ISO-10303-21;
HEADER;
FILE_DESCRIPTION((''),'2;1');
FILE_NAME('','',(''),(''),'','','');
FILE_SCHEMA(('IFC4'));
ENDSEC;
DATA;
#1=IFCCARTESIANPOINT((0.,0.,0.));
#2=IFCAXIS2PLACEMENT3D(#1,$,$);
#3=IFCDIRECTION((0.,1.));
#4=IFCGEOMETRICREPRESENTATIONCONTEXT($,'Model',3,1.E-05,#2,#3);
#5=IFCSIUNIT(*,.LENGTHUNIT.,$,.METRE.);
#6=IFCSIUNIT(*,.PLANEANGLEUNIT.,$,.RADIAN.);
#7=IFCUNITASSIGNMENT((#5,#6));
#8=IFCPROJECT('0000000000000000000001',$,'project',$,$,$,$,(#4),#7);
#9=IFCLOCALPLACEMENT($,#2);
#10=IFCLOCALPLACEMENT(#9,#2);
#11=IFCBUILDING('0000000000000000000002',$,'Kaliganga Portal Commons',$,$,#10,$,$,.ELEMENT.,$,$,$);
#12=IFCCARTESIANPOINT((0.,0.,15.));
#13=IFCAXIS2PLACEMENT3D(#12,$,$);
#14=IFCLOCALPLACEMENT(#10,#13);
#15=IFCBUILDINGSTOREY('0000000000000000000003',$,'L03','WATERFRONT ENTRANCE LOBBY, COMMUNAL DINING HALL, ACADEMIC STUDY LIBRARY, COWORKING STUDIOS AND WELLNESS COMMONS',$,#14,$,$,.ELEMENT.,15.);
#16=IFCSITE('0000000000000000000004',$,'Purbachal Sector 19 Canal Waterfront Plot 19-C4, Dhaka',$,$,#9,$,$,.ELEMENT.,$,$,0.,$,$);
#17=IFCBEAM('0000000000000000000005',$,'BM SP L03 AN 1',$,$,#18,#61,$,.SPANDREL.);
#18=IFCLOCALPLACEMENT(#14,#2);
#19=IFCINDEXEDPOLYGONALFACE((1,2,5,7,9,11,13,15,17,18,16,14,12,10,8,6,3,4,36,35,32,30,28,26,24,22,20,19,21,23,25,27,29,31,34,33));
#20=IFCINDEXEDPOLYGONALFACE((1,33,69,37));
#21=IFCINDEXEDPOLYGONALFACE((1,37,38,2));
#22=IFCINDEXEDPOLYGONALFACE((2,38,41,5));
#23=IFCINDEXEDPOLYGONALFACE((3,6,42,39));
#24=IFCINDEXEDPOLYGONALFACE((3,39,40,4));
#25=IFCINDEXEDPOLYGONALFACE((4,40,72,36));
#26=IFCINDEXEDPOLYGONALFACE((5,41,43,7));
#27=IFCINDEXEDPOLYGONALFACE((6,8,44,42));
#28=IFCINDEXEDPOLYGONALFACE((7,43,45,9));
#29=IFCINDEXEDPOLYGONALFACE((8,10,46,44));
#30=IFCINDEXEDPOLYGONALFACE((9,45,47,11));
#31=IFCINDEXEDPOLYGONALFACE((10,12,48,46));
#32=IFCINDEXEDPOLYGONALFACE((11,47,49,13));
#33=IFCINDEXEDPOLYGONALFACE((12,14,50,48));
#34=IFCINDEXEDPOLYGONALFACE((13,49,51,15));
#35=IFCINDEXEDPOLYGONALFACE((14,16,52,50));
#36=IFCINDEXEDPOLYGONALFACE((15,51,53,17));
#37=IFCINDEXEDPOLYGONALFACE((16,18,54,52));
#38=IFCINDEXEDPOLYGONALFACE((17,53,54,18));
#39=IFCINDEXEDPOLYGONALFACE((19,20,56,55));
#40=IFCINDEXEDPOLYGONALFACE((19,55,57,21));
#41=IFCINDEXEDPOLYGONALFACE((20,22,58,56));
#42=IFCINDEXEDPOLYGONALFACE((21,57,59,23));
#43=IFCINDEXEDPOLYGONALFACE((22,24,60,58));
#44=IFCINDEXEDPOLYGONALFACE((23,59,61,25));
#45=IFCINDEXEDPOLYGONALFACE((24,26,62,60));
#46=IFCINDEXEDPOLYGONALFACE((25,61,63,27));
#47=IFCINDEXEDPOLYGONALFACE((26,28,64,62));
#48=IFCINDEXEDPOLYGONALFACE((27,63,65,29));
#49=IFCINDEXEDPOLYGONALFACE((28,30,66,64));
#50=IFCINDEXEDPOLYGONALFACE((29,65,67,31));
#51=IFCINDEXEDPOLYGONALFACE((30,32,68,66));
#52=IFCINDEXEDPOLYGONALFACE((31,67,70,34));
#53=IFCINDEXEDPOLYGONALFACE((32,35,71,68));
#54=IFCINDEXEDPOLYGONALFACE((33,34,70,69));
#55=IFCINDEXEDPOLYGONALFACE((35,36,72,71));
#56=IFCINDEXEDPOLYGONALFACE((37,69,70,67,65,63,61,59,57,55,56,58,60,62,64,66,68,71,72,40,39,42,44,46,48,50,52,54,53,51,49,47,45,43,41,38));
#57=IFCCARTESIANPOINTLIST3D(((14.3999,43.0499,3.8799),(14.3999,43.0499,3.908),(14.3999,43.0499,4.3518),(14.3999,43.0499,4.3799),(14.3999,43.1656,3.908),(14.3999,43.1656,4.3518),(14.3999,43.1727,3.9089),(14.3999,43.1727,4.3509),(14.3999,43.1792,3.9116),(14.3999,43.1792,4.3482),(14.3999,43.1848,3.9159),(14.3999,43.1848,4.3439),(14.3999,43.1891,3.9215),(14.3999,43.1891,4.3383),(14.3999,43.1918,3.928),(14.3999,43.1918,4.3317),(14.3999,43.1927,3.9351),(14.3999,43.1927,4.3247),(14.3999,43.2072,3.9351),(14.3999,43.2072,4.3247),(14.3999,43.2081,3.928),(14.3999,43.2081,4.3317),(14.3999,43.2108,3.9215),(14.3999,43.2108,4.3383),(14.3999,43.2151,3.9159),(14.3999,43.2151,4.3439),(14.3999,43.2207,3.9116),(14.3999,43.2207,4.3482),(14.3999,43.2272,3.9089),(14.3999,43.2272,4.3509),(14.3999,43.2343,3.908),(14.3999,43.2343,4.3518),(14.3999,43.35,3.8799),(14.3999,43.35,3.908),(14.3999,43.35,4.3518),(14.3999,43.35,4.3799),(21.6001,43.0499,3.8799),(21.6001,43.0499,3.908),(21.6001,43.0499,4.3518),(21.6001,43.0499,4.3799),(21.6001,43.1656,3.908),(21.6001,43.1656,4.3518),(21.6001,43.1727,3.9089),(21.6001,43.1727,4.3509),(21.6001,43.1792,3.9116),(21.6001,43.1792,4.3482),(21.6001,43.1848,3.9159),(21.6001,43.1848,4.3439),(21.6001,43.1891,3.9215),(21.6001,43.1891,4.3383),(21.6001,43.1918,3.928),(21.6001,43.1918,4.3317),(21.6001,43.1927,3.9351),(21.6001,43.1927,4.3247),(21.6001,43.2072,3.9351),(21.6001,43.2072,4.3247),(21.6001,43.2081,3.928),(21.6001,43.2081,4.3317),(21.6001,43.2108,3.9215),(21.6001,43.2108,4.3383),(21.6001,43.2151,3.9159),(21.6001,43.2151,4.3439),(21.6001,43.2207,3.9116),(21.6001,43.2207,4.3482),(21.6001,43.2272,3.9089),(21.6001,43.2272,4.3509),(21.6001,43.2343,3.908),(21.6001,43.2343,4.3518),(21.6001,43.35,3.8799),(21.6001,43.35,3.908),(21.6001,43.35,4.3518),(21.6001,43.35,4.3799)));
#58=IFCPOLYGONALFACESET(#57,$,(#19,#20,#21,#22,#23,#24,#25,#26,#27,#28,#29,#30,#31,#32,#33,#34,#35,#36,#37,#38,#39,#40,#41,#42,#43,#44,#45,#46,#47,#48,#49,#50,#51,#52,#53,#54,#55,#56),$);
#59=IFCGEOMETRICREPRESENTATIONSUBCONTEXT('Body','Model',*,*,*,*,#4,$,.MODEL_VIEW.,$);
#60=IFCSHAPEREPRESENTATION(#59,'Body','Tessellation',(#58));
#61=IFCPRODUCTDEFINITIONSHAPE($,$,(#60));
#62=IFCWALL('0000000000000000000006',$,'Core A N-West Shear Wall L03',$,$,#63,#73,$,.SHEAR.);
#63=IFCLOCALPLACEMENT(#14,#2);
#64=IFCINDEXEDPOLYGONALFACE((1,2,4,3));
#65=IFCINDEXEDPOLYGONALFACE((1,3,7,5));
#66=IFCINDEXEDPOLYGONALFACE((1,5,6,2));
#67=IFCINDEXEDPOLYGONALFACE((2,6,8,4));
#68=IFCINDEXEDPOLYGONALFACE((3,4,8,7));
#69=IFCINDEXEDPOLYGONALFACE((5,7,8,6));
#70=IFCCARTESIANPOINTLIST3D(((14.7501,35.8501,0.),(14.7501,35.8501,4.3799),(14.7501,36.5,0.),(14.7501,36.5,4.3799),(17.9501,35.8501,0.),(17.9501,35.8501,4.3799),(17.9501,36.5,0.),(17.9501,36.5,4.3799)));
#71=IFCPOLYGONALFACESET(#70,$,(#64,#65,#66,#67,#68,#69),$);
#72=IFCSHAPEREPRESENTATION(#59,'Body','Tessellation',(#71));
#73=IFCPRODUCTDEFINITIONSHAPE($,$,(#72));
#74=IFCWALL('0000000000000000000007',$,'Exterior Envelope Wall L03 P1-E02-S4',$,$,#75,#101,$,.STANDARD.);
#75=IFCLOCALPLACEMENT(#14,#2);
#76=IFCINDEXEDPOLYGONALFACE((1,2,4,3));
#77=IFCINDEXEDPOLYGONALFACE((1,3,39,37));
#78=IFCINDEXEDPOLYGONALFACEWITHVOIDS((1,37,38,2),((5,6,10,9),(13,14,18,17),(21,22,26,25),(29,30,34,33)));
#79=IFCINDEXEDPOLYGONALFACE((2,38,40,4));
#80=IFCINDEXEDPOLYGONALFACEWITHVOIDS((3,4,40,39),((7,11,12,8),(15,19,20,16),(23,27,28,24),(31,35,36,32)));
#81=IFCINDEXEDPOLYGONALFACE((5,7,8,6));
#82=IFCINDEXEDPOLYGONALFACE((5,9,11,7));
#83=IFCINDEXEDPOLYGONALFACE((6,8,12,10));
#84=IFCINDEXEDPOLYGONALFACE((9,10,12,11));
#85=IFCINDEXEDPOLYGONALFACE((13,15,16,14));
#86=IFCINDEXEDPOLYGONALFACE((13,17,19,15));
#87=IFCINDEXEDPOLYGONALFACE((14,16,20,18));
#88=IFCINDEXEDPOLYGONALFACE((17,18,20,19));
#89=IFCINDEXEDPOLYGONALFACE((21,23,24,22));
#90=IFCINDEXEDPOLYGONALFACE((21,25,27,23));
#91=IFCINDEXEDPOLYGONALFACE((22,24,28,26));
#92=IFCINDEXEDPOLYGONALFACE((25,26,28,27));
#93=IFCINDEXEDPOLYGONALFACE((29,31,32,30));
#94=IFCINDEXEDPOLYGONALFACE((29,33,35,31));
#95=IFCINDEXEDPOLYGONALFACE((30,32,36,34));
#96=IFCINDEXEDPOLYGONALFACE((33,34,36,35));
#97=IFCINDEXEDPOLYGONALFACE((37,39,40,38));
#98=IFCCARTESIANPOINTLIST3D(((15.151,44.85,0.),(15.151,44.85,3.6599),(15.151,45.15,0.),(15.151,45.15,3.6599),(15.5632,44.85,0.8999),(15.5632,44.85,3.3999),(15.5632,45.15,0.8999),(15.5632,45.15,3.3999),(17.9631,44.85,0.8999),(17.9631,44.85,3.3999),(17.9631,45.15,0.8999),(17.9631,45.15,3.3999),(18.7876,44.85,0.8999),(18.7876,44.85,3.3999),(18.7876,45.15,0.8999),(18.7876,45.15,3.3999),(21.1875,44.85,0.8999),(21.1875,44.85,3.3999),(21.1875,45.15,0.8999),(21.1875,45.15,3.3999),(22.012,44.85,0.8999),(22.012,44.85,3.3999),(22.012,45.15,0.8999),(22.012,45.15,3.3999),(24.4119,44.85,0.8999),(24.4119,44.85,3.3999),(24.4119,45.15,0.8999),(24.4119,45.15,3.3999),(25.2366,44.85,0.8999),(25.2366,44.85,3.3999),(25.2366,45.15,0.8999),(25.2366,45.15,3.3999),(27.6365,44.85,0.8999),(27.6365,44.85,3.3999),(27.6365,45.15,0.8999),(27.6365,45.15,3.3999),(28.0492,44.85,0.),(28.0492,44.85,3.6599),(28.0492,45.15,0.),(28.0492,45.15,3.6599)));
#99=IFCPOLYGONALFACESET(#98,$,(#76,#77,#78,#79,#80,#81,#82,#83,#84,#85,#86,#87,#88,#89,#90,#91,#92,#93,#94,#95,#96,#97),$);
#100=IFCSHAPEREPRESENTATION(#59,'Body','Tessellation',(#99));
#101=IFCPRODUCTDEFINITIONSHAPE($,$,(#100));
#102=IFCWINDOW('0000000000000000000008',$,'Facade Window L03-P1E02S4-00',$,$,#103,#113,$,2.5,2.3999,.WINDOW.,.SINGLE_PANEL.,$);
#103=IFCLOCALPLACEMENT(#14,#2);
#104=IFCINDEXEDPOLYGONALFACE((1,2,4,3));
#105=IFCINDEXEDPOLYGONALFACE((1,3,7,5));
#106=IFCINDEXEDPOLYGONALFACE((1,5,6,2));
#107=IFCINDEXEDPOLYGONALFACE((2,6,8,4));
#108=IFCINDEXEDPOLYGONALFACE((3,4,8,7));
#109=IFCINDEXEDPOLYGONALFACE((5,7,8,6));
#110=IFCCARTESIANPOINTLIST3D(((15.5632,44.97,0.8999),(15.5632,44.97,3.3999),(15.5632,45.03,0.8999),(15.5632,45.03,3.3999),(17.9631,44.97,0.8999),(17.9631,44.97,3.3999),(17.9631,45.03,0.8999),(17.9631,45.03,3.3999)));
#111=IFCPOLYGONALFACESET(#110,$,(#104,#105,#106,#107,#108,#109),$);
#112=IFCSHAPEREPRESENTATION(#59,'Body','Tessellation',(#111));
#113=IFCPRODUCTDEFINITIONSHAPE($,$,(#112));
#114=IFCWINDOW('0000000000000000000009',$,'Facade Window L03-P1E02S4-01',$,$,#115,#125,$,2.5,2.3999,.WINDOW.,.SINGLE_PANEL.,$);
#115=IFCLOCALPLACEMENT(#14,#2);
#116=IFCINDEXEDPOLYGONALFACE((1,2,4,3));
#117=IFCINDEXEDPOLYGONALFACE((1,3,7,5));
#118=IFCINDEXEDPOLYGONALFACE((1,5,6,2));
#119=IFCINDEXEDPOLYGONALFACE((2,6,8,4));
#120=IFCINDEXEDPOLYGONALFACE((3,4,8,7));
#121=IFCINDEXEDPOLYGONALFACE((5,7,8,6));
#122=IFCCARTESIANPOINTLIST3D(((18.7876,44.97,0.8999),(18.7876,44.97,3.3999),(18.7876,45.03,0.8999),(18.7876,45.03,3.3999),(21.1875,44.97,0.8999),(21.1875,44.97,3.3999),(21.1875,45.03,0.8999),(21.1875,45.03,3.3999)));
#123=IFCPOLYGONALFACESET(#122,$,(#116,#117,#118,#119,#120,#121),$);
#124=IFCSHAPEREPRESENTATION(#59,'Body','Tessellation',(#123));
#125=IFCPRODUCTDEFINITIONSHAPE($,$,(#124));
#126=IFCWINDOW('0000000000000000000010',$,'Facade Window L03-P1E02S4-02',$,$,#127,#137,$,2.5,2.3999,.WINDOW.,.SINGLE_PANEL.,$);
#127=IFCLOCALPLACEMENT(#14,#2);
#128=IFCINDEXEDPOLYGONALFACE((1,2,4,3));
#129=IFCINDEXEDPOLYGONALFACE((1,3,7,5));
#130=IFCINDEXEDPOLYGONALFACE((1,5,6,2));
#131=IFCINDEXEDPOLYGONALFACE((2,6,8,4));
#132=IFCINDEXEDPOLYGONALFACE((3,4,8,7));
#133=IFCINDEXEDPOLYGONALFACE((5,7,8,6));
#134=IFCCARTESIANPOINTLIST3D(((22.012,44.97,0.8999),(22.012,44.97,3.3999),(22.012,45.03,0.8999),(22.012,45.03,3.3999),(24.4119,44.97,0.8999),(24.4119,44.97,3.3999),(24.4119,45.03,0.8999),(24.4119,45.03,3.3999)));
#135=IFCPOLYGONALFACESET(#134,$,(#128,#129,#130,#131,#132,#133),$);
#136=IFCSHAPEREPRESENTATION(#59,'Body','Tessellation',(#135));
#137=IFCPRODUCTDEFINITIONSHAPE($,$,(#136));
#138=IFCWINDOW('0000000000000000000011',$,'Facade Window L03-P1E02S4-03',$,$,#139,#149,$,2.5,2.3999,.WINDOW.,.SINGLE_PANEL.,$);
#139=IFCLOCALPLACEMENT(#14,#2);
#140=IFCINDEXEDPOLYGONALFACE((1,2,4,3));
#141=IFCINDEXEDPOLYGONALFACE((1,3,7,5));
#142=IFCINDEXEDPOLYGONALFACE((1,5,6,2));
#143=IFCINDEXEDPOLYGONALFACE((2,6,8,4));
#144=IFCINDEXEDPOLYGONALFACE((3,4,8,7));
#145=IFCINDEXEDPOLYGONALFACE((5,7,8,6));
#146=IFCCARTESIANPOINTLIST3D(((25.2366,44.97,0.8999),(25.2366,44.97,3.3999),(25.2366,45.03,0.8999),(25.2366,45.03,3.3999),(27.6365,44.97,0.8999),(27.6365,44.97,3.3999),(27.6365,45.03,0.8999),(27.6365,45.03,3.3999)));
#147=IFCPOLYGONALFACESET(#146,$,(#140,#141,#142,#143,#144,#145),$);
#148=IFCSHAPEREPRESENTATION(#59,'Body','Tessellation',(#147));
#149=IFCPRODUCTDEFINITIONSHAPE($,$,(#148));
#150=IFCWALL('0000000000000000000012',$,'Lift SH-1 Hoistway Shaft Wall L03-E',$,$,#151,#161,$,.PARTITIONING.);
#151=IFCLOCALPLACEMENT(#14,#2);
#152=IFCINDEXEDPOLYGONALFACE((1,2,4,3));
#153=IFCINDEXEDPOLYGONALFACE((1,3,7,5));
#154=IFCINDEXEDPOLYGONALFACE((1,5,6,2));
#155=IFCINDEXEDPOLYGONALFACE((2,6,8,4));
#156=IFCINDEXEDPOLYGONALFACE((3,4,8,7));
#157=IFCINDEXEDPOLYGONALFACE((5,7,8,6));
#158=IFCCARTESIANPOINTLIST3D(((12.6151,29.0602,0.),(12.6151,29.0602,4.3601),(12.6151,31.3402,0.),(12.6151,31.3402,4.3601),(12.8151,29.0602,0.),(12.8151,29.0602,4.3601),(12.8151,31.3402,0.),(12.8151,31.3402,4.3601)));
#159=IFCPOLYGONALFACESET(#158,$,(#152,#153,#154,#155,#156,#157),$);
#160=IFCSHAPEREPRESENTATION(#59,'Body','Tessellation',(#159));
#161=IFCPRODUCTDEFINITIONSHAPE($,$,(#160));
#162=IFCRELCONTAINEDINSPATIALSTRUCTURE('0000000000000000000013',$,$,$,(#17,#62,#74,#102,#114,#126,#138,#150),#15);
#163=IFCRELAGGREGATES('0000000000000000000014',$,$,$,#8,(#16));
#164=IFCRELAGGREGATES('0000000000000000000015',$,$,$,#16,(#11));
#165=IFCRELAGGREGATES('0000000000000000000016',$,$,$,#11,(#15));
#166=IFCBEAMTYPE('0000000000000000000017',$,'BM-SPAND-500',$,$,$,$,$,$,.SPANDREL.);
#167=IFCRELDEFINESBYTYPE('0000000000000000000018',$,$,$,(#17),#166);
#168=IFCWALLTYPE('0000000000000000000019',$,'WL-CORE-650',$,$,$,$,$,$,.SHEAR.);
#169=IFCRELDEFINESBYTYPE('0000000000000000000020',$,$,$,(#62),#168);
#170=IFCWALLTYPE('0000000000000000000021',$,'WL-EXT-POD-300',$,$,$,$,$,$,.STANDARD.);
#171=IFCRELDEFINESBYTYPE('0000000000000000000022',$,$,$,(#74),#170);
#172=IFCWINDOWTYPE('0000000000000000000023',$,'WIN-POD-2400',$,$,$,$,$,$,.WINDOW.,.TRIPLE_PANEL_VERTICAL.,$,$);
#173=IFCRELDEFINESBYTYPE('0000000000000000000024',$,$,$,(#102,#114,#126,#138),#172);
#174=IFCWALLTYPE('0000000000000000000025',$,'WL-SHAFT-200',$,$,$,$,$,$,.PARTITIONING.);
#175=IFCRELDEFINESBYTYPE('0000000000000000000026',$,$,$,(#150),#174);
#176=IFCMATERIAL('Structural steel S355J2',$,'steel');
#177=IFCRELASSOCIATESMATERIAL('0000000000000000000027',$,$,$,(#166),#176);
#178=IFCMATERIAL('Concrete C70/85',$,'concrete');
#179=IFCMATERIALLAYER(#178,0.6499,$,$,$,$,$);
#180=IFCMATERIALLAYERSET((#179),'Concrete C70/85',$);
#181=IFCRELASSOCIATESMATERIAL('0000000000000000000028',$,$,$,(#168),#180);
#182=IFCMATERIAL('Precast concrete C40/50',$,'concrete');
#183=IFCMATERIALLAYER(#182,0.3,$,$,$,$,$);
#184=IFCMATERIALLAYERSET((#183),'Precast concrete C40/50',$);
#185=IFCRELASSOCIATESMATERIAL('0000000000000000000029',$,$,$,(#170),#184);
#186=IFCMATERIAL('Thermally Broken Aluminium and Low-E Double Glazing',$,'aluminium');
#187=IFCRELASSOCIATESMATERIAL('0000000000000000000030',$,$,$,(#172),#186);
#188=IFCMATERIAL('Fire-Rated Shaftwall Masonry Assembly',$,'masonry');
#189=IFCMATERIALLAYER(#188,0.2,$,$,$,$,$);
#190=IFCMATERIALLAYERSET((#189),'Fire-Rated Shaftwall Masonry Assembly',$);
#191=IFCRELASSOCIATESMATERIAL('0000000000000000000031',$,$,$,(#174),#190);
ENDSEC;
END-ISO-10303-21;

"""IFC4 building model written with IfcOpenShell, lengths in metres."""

from ifc_helpers import new_model, si_unit, direction, frame, frame_2d, origin, origin_2d, place, context, subcontext, project, spatial, rectangle, i_section, extrude, source, transform, mapped, material, layer, layer_set, material_profile, profile_set, type_object, element, fill, save


model = new_model("IFC4")

# Units and contexts
model_context = context("Model", 3, precision=1e-05, world=origin(), true_north=direction((0.0, 1.0)))
body_context = subcontext(model_context, "Body", "Model", "MODEL_VIEW")
ifc_project = project(units=[si_unit("LENGTHUNIT", "METRE"), si_unit("PLANEANGLEUNIT", "RADIAN")], contexts=[model_context])

# Site, building, storey
site_placement = place(None, origin())
site = spatial("IfcSite", under=ifc_project, at=site_placement, Name="Purbachal Sector 19 Canal Waterfront Plot 19-C4, Dhaka", CompositionType="ELEMENT", RefElevation=0.0)
building_placement = place(site_placement, origin())
building = spatial("IfcBuilding", under=site, at=building_placement, Name="Kaliganga Portal Commons", CompositionType="ELEMENT")
storey_placement = place(building_placement, frame((0.0, 0.0, 15.0)))
storey = spatial("IfcBuildingStorey", under=building, at=storey_placement, Name="L03", Description="WATERFRONT ENTRANCE LOBBY, COMMUNAL DINING HALL, ACADEMIC STUDY LIBRARY, COWORKING STUDIOS AND WELLNESS COMMONS", CompositionType="ELEMENT", Elevation=15.0)

# Shared definitions
ifc_material_1 = material(Name="Concrete C70/85", Category="concrete")

# Beam
ifc_material_2 = material(Name="Structural steel S355J2", Category="steel")
ifc_material_profile_1 = material_profile(ifc_material_2, i_section(OverallWidth=0.3, OverallDepth=0.5, WebThickness=0.0144, FlangeThickness=0.0281, FilletRadius=0.0271, at=origin_2d()), Name="HE 500 B")
ifc_profile_set_1 = profile_set([ifc_material_profile_1], Name="Structural steel S355J2 wide-flange")
beam_type_1 = type_object("IfcBeamType", Name="BM-SPAND-500", PredefinedType="SPANDREL", material=ifc_profile_set_1)
shared_shape_1 = source(origin(), body_context, "Body", "SweptSolid", [
    extrude(i_section(OverallWidth=0.3, OverallDepth=0.5, WebThickness=0.0144, FlangeThickness=0.0281, FilletRadius=0.0271, at=origin_2d()), origin(), (0.0, 0.0, 1.0), 7.2002),
])
beam_1_placement = place(storey_placement, frame((14.3999, 43.2, 4.1299), z_axis=(1.0, 0.0, 0.0), x_axis=(0.0, 1.0, 0.0)))
element("IfcBeam", 1, at=beam_1_placement, inside=storey, type_object=beam_type_1, Name="BM SP L03 AN 1", PredefinedType="SPANDREL", context=body_context, shape_type="MappedRepresentation", body=[
    mapped(shared_shape_1, transform((0.0, 0.0, 0.0), x_axis=(1.0, 0.0, 0.0), y_axis=(0.0, 1.0, 0.0), z_axis=(0.0, 0.0, 1.0), scale=1.0)),
])

# Wall
ifc_layer_1 = layer(ifc_material_1, 0.6499)
ifc_layer_set_1 = layer_set([ifc_layer_1], Name="Concrete C70/85")
wall_type_1 = type_object("IfcWallType", Name="WL-CORE-650", PredefinedType="SHEAR", material=ifc_layer_set_1)
wall_1_placement = place(storey_placement, frame((14.75, 36.175, 0.0), z_axis=(0.0, 0.0, 1.0), x_axis=(1.0, 0.0, 0.0)))
element("IfcWall", 2, at=wall_1_placement, inside=storey, type_object=wall_type_1, Name="Core A N-West Shear Wall L03", PredefinedType="SHEAR", context=body_context, shape_type="SweptSolid", body=[
    extrude(rectangle(XDim=3.2, YDim=0.6499, at=frame_2d((1.6001, 0.0))), origin(), (0.0, 0.0, 1.0), 4.3799),
])

# Wall, openings, windows
ifc_material_3 = material(Name="Precast concrete C40/50", Category="concrete")
ifc_layer_2 = layer(ifc_material_3, 0.3)
ifc_layer_set_2 = layer_set([ifc_layer_2], Name="Precast concrete C40/50")
wall_type_2 = type_object("IfcWallType", Name="WL-EXT-POD-300", PredefinedType="STANDARD", material=ifc_layer_set_2)
wall_2_placement = place(storey_placement, frame((15.1509, 45.0, 0.0), z_axis=(0.0, 0.0, 1.0), x_axis=(1.0, 0.0, 0.0)))
wall_2 = element("IfcWall", 3, at=wall_2_placement, inside=storey, type_object=wall_type_2, Name="Exterior Envelope Wall L03 P1-E02-S4", PredefinedType="STANDARD", context=body_context, shape_type="SweptSolid", body=[
    extrude(rectangle(XDim=12.8982, YDim=0.3, at=frame_2d((6.4492, 0.0))), origin(), (0.0, 0.0, 1.0), 3.6599),
])
opening_1_placement = place(wall_2_placement, frame((0.4124, 0.0, 0.8999)))
opening_1 = element("IfcOpeningElement", 4, at=opening_1_placement, cuts=wall_2, PredefinedType="OPENING", context=body_context, shape_type="SweptSolid", body=[
    extrude(rectangle(XDim=2.3999, YDim=2.5, at=frame_2d((1.2, 1.25))), frame((0.0, 0.1602, 0.0), z_axis=(0.0, -1.0, 0.0), x_axis=(1.0, 0.0, 0.0)), (0.0, 0.0, 1.0), 0.3201),
])
opening_2_placement = place(wall_2_placement, frame((3.6367, 0.0, 0.8999)))
opening_2 = element("IfcOpeningElement", 5, at=opening_2_placement, cuts=wall_2, PredefinedType="OPENING", context=body_context, shape_type="SweptSolid", body=[
    extrude(rectangle(XDim=2.3999, YDim=2.5, at=frame_2d((1.2, 1.25))), frame((0.0, 0.1602, 0.0), z_axis=(0.0, -1.0, 0.0), x_axis=(1.0, 0.0, 0.0)), (0.0, 0.0, 1.0), 0.3201),
])
opening_3_placement = place(wall_2_placement, frame((6.8611, 0.0, 0.8999)))
opening_3 = element("IfcOpeningElement", 6, at=opening_3_placement, cuts=wall_2, PredefinedType="OPENING", context=body_context, shape_type="SweptSolid", body=[
    extrude(rectangle(XDim=2.3999, YDim=2.5, at=frame_2d((1.2, 1.25))), frame((0.0, 0.1602, 0.0), z_axis=(0.0, -1.0, 0.0), x_axis=(1.0, 0.0, 0.0)), (0.0, 0.0, 1.0), 0.3201),
])
opening_4_placement = place(wall_2_placement, frame((10.0857, 0.0, 0.8999)))
opening_4 = element("IfcOpeningElement", 7, at=opening_4_placement, cuts=wall_2, PredefinedType="OPENING", context=body_context, shape_type="SweptSolid", body=[
    extrude(rectangle(XDim=2.3999, YDim=2.5, at=frame_2d((1.2, 1.25))), frame((0.0, 0.1602, 0.0), z_axis=(0.0, -1.0, 0.0), x_axis=(1.0, 0.0, 0.0)), (0.0, 0.0, 1.0), 0.3201),
])
ifc_material_4 = material(Name="Thermally Broken Aluminium and Low-E Double Glazing", Category="aluminium")
window_type = type_object("IfcWindowType", Name="WIN-POD-2400", PartitioningType="TRIPLE_PANEL_VERTICAL", PredefinedType="WINDOW", material=ifc_material_4)
window_1_placement = place(opening_1_placement, origin())
window_1 = element("IfcWindow", 8, at=window_1_placement, inside=storey, type_object=window_type, Name="Facade Window L03-P1E02S4-00", OverallHeight=2.5, OverallWidth=2.3999, PartitioningType="SINGLE_PANEL", PredefinedType="WINDOW", context=body_context, shape_type="SweptSolid", body=[
    extrude(rectangle(XDim=2.3999, YDim=2.5, at=frame_2d((1.2, 1.25))), frame((0.0, 0.03, 0.0), z_axis=(0.0, -1.0, 0.0), x_axis=(1.0, 0.0, 0.0)), (0.0, 0.0, 1.0), 0.0601),
])
fill(opening_1, window_1)
window_2_placement = place(opening_2_placement, origin())
window_2 = element("IfcWindow", 9, at=window_2_placement, inside=storey, type_object=window_type, Name="Facade Window L03-P1E02S4-01", OverallHeight=2.5, OverallWidth=2.3999, PartitioningType="SINGLE_PANEL", PredefinedType="WINDOW", context=body_context, shape_type="SweptSolid", body=[
    extrude(rectangle(XDim=2.3999, YDim=2.5, at=frame_2d((1.2, 1.25))), frame((0.0, 0.03, 0.0), z_axis=(0.0, -1.0, 0.0), x_axis=(1.0, 0.0, 0.0)), (0.0, 0.0, 1.0), 0.0601),
])
fill(opening_2, window_2)
window_3_placement = place(opening_3_placement, origin())
window_3 = element("IfcWindow", 10, at=window_3_placement, inside=storey, type_object=window_type, Name="Facade Window L03-P1E02S4-02", OverallHeight=2.5, OverallWidth=2.3999, PartitioningType="SINGLE_PANEL", PredefinedType="WINDOW", context=body_context, shape_type="SweptSolid", body=[
    extrude(rectangle(XDim=2.3999, YDim=2.5, at=frame_2d((1.2, 1.25))), frame((0.0, 0.03, 0.0), z_axis=(0.0, -1.0, 0.0), x_axis=(1.0, 0.0, 0.0)), (0.0, 0.0, 1.0), 0.0601),
])
fill(opening_3, window_3)
window_4_placement = place(opening_4_placement, origin())
window_4 = element("IfcWindow", 11, at=window_4_placement, inside=storey, type_object=window_type, Name="Facade Window L03-P1E02S4-03", OverallHeight=2.5, OverallWidth=2.3999, PartitioningType="SINGLE_PANEL", PredefinedType="WINDOW", context=body_context, shape_type="SweptSolid", body=[
    extrude(rectangle(XDim=2.3999, YDim=2.5, at=frame_2d((1.2, 1.25))), frame((0.0, 0.03, 0.0), z_axis=(0.0, -1.0, 0.0), x_axis=(1.0, 0.0, 0.0)), (0.0, 0.0, 1.0), 0.0601),
])
fill(opening_4, window_4)

# Wall
ifc_material_5 = material(Name="Fire-Rated Shaftwall Masonry Assembly", Category="masonry")
ifc_layer_3 = layer(ifc_material_5, 0.2)
ifc_layer_set_3 = layer_set([ifc_layer_3], Name="Fire-Rated Shaftwall Masonry Assembly")
wall_type_3 = type_object("IfcWallType", Name="WL-SHAFT-200", PredefinedType="PARTITIONING", material=ifc_layer_set_3)
wall_3_placement = place(storey_placement, frame((12.7151, 29.0601, 0.0), z_axis=(0.0, 0.0, 1.0), x_axis=(0.0, 1.0, 0.0)))
element("IfcWall", 12, at=wall_3_placement, inside=storey, type_object=wall_type_3, Name="Lift SH-1 Hoistway Shaft Wall L03-E", PredefinedType="PARTITIONING", context=body_context, shape_type="SweptSolid", body=[
    extrude(rectangle(XDim=2.28, YDim=0.2, at=frame_2d((1.1401, 0.0))), origin(), (0.0, 0.0, 1.0), 4.3601),
])

save(model, "model.ifc")
